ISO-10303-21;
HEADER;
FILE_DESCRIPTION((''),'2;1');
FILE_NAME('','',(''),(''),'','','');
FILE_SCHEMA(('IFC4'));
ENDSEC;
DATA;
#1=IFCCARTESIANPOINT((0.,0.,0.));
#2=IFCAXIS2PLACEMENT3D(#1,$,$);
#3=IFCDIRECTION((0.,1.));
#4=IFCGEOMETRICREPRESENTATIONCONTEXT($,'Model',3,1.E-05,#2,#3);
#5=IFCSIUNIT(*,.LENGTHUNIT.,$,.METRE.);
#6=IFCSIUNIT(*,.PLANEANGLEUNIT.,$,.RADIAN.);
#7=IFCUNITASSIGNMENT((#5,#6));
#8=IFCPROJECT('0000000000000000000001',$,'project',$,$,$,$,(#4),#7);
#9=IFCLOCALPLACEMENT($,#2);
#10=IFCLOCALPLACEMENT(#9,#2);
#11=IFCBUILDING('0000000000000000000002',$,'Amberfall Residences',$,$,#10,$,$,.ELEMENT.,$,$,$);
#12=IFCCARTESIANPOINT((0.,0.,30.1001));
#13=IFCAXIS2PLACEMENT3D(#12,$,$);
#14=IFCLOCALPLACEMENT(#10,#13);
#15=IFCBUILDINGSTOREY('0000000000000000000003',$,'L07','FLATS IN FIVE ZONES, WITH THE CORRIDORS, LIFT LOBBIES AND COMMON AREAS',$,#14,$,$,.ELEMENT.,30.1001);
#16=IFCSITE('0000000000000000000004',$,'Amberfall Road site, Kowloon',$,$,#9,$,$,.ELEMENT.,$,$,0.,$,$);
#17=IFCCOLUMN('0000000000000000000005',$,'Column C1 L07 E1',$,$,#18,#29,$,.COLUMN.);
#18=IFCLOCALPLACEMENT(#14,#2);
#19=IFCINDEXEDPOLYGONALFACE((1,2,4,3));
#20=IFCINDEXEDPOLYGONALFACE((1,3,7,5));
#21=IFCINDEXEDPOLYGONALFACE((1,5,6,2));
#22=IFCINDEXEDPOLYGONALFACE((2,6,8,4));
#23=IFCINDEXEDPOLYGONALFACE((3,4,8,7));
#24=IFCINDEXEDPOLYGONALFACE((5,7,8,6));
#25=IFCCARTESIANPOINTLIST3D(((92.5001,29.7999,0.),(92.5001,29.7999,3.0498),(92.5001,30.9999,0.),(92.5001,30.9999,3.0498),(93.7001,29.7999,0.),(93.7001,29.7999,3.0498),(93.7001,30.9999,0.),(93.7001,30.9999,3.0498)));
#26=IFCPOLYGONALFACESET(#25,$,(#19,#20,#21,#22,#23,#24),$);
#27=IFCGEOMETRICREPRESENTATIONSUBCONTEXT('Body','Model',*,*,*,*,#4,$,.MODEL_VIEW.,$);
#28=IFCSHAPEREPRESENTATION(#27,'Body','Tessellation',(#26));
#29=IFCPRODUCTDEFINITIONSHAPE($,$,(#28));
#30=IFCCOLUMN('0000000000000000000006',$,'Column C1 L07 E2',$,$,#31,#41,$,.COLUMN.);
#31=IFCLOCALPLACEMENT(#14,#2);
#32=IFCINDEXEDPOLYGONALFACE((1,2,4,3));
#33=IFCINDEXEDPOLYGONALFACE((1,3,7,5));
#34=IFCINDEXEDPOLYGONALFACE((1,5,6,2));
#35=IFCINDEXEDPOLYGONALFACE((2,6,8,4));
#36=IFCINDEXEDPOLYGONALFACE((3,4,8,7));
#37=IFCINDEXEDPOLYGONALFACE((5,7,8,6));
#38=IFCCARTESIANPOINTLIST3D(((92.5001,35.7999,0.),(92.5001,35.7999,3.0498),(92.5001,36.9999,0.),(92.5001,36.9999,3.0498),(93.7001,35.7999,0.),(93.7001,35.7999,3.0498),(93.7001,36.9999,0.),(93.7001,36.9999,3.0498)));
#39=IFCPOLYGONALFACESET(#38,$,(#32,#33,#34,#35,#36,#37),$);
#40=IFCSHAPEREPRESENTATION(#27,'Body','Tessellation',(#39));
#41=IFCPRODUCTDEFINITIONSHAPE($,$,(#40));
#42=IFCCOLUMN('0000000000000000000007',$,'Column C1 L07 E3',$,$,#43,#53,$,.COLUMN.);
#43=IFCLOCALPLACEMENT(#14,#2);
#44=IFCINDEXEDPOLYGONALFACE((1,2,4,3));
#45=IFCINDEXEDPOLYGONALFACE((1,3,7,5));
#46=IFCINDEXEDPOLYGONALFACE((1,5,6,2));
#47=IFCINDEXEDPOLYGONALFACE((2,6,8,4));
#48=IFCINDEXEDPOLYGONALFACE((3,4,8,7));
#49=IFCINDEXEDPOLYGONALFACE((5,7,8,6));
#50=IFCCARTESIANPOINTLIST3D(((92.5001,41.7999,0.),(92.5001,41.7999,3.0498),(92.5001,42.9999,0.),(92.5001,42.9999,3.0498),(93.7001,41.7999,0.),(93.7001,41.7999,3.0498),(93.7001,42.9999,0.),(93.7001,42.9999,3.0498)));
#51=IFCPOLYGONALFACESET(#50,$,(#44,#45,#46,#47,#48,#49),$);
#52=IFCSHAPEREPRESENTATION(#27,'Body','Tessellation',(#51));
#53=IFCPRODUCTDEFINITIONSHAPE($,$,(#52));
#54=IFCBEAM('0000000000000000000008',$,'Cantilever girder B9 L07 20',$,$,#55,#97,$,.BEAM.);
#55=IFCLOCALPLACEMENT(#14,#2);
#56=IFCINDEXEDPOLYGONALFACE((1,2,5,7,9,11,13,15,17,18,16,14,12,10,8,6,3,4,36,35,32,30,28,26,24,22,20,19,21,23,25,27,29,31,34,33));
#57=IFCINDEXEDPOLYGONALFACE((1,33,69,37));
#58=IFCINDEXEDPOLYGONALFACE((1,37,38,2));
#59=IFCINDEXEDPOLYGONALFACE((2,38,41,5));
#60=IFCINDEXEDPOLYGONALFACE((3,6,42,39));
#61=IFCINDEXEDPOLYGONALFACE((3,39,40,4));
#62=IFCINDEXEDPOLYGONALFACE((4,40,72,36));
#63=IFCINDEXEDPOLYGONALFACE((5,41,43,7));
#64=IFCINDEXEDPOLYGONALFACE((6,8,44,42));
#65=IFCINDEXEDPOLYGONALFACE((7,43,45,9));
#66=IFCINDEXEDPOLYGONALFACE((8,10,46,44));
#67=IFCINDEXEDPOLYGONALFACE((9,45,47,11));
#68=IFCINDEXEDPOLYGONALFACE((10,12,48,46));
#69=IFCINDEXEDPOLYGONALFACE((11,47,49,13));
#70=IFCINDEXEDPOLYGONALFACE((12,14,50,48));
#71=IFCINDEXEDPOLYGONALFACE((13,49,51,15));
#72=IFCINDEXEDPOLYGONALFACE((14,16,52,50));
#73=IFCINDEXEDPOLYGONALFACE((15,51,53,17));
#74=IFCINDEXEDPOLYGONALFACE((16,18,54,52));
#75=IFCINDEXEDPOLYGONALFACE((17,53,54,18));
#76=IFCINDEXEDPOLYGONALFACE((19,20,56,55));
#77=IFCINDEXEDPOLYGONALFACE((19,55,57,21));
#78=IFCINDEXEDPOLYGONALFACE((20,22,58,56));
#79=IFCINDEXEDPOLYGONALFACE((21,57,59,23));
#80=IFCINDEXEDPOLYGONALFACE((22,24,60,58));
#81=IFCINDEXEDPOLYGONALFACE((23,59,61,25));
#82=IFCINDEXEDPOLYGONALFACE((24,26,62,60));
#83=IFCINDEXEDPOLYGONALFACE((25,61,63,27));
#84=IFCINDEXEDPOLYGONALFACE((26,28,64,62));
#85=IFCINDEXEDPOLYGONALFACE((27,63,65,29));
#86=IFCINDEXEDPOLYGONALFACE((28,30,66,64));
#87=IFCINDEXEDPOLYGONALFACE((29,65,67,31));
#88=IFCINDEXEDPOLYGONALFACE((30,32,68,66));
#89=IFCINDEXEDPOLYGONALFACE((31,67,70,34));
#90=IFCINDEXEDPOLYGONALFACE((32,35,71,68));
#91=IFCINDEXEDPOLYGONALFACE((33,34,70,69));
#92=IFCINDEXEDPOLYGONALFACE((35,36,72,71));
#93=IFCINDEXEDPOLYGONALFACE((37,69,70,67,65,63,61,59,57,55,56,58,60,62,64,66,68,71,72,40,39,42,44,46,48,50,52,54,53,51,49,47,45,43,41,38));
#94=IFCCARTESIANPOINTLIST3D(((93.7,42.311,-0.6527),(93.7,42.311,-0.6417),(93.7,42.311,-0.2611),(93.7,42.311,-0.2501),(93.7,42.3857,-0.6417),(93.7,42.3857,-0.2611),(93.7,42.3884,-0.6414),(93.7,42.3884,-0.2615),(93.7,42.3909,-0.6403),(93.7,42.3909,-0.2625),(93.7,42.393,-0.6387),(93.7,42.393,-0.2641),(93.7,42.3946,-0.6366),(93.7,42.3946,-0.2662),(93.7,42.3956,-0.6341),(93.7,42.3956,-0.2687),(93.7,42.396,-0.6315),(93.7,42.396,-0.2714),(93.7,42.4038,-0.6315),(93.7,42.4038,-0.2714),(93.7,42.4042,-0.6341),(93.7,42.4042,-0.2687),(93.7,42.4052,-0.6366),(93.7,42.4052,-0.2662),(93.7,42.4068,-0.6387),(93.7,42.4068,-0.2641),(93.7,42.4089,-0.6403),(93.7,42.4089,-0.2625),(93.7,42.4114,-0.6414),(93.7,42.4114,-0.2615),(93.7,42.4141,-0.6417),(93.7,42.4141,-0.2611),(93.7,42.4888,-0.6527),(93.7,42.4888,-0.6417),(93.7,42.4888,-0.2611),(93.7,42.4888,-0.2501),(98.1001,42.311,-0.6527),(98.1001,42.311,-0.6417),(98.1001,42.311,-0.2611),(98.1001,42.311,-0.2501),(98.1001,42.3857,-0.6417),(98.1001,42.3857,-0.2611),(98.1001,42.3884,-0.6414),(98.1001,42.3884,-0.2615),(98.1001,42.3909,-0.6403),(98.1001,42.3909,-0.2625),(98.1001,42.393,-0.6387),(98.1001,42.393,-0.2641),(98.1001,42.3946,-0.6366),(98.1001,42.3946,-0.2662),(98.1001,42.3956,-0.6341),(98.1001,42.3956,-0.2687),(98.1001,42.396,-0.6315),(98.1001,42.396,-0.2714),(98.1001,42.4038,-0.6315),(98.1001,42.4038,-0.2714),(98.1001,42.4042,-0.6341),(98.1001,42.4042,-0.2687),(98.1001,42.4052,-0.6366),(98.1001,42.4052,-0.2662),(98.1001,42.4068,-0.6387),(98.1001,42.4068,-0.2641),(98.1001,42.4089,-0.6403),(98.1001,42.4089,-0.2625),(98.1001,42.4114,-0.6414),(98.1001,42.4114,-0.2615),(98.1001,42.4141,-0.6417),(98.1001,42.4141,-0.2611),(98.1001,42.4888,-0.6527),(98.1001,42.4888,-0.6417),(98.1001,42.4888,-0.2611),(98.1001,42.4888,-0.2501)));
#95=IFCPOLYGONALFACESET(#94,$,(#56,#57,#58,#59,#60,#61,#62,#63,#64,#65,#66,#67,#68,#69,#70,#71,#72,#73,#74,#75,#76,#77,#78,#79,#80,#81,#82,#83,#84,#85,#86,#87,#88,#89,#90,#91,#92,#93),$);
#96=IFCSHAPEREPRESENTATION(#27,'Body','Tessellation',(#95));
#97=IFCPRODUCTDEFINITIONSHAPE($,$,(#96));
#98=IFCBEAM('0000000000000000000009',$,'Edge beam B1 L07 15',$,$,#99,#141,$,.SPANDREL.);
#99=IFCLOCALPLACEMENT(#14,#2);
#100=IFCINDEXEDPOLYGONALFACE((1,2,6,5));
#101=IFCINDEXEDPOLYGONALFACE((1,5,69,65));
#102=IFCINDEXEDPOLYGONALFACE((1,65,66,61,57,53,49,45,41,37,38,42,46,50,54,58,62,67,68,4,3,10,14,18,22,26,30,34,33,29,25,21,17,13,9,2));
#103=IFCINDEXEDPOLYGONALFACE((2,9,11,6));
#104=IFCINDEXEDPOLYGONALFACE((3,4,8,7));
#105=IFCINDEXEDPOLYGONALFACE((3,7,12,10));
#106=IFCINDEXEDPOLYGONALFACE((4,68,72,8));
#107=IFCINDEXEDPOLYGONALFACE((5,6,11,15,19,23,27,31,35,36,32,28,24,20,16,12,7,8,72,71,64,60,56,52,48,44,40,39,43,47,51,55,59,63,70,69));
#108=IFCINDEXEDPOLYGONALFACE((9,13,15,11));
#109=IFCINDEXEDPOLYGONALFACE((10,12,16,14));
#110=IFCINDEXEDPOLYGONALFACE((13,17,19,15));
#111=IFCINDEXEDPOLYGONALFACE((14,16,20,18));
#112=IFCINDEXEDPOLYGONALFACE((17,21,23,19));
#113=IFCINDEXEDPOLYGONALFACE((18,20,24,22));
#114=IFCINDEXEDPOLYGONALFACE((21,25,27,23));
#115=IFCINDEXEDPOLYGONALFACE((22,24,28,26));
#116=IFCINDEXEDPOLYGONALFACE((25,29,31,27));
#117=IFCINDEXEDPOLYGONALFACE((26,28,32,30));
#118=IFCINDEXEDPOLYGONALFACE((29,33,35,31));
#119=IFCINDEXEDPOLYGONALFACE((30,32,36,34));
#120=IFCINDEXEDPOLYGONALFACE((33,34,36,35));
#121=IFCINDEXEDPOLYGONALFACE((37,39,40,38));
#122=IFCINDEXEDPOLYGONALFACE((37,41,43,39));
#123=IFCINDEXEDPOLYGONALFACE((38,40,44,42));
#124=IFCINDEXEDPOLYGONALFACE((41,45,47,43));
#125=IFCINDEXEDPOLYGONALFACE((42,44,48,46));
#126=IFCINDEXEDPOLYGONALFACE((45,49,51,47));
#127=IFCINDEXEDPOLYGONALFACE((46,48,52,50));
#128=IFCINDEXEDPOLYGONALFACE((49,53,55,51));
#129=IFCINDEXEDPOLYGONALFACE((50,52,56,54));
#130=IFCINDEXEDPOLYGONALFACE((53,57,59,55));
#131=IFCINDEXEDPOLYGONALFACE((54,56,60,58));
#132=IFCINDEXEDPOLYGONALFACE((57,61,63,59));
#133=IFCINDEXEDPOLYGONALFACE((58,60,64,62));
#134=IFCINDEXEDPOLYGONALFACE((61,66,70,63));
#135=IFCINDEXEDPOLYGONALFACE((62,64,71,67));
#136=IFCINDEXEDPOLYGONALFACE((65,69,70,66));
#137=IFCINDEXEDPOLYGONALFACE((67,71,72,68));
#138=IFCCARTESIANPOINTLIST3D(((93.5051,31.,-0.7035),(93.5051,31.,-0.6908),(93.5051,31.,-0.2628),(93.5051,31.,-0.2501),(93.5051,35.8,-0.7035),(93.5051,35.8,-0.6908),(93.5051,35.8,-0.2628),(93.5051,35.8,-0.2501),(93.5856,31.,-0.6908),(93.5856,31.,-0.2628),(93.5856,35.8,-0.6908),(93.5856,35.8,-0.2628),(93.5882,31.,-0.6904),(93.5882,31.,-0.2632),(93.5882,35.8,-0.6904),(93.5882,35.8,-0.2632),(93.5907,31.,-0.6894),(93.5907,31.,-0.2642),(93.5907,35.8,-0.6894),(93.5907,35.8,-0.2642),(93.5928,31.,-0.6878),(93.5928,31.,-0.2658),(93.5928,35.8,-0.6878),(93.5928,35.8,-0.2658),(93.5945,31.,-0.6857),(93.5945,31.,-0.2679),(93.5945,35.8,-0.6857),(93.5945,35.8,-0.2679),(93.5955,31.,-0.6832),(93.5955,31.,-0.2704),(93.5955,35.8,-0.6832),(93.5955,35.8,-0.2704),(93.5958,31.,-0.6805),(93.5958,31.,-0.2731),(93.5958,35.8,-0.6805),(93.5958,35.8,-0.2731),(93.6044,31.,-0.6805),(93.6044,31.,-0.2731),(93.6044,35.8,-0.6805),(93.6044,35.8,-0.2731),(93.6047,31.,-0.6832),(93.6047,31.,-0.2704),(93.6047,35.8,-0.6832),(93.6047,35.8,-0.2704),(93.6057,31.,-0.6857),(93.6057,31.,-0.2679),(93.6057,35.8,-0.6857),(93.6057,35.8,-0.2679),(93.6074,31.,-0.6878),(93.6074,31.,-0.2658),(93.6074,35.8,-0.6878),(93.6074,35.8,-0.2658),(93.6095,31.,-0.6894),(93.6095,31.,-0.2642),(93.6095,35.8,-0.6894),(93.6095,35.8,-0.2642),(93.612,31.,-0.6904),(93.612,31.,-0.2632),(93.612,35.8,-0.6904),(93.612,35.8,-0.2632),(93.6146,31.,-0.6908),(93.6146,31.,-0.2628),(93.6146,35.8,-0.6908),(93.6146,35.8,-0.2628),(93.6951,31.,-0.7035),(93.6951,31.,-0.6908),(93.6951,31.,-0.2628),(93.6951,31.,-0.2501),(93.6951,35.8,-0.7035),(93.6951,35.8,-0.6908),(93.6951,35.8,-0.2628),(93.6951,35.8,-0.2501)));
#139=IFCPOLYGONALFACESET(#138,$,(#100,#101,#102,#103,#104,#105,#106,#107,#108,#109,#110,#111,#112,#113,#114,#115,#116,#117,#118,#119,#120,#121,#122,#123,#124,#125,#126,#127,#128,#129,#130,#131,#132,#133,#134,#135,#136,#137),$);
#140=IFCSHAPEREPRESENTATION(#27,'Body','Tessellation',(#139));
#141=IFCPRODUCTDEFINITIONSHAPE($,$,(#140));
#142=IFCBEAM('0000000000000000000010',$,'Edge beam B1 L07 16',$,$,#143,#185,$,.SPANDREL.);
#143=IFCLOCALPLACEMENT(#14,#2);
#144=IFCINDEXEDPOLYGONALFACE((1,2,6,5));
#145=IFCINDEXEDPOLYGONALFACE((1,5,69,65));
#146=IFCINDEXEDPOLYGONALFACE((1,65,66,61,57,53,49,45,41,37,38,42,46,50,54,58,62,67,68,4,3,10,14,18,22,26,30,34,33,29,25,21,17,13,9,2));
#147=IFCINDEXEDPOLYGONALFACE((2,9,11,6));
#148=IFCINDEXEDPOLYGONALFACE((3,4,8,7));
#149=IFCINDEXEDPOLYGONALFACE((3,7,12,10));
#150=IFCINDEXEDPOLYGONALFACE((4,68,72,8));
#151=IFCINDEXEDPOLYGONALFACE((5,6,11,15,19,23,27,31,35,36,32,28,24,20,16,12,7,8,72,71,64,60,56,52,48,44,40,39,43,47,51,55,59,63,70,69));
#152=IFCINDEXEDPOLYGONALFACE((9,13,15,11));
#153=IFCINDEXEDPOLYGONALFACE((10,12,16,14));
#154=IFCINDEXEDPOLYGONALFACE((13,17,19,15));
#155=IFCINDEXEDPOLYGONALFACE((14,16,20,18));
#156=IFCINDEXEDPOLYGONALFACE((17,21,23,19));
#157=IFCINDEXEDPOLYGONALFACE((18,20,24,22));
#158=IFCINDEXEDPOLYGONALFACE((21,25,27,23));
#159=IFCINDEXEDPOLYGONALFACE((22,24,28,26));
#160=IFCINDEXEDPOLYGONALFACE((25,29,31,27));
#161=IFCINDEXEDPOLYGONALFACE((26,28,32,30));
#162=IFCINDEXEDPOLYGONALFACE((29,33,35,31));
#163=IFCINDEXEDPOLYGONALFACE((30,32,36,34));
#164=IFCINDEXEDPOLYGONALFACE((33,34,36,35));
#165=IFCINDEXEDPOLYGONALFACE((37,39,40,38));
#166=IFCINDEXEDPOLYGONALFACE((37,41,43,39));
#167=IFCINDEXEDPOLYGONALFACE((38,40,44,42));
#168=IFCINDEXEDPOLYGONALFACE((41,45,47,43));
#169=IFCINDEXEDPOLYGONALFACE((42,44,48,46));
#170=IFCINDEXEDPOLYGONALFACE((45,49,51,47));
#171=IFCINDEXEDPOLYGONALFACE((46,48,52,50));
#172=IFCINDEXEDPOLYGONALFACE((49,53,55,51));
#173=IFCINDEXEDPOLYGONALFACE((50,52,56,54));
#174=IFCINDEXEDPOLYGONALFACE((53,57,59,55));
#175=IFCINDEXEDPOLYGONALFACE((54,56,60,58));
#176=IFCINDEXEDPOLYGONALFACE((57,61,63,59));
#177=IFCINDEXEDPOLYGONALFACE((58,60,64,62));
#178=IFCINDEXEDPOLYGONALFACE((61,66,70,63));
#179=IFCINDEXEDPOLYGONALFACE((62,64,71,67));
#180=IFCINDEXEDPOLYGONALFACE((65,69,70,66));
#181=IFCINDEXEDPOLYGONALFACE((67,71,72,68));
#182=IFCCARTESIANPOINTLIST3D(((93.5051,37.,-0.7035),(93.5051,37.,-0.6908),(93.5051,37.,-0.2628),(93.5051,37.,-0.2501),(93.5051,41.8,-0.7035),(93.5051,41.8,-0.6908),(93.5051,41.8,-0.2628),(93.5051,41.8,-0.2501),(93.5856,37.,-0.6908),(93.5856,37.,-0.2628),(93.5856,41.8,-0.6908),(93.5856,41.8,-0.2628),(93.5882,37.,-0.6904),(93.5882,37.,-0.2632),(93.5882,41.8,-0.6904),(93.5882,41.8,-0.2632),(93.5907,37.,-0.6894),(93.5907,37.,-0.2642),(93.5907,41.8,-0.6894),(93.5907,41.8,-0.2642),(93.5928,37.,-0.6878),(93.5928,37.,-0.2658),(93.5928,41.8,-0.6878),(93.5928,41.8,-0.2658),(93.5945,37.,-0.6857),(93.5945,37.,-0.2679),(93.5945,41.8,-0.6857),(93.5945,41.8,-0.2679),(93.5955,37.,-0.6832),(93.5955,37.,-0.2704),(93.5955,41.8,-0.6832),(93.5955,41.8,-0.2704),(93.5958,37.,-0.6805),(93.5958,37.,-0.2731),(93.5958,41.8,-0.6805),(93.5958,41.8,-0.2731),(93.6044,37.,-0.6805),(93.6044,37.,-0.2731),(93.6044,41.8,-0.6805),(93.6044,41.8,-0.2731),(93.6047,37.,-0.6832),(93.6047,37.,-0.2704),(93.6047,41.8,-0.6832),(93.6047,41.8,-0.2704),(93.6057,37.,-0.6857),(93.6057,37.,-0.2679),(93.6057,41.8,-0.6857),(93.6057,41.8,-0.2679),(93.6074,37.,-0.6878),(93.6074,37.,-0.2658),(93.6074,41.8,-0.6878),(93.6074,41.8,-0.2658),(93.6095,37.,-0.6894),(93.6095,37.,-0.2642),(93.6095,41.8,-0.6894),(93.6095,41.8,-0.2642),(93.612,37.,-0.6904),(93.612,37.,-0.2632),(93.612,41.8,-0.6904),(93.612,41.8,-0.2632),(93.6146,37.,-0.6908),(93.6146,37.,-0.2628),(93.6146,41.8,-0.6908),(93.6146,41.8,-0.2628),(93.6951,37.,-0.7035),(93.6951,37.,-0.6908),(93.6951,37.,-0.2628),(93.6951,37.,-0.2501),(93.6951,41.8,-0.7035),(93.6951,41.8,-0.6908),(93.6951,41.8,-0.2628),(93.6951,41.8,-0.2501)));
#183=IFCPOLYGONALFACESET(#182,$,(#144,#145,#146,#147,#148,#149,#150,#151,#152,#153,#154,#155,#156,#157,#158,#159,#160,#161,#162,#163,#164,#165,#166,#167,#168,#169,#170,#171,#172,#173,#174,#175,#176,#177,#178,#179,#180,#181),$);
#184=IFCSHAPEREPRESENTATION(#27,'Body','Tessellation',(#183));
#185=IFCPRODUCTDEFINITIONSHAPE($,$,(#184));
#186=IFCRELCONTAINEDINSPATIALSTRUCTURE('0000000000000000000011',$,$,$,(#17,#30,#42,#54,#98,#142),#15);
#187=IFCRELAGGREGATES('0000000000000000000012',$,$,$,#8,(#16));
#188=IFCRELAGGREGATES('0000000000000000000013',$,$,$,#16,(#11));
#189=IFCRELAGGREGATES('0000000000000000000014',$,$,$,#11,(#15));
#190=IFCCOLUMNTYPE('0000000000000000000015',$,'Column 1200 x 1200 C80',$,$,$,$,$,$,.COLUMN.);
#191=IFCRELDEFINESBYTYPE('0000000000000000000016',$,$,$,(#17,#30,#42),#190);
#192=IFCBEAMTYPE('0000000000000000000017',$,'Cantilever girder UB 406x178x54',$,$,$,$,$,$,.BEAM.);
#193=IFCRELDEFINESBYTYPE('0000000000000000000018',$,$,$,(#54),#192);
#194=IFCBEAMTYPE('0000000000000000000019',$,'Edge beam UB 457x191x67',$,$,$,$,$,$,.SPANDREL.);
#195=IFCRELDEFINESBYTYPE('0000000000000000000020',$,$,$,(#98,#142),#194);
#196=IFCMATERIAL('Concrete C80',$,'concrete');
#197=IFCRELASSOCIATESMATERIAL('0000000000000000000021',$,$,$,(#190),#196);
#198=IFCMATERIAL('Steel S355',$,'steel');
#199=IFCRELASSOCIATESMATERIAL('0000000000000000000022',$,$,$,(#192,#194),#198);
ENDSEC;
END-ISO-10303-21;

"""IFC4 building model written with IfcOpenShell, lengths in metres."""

from ifc_helpers import new_model, si_unit, direction, frame, origin, origin_2d, place, context, subcontext, project, spatial, rectangle, i_section, extrude, material, material_profile, profile_set, type_object, element, save


model = new_model("IFC4")

# Units and contexts
model_context = context("Model", 3, precision=1e-05, world=origin(), true_north=direction((0.0, 1.0)))
body_context = subcontext(model_context, "Body", "Model", "MODEL_VIEW")
ifc_project = project(units=[si_unit("LENGTHUNIT", "METRE"), si_unit("PLANEANGLEUNIT", "RADIAN")], contexts=[model_context])

# Site, building, storey
site_placement = place(None, origin())
site = spatial("IfcSite", under=ifc_project, at=site_placement, Name="Amberfall Road site, Kowloon", CompositionType="ELEMENT", RefElevation=0.0)
building_placement = place(site_placement, origin())
building = spatial("IfcBuilding", under=site, at=building_placement, Name="Amberfall Residences", CompositionType="ELEMENT")
storey_placement = place(building_placement, frame((0.0, 0.0, 30.1001)))
storey = spatial("IfcBuildingStorey", under=building, at=storey_placement, Name="L07", Description="FLATS IN FIVE ZONES, WITH THE CORRIDORS, LIFT LOBBIES AND COMMON AREAS", CompositionType="ELEMENT", Elevation=30.1001)

# Columns
ifc_material_1 = material(Name="Concrete C80", Category="concrete")
ifc_material_profile_1 = material_profile(ifc_material_1, rectangle(XDim=1.2, YDim=1.2, at=origin_2d()), Name="Column 1200 x 1200 C80")
ifc_profile_set_1 = profile_set([ifc_material_profile_1], Name="Concrete C80")
column_type = type_object("IfcColumnType", Name="Column 1200 x 1200 C80", PredefinedType="COLUMN", material=ifc_profile_set_1)
for number, where, z_axis, x_axis, name in (
    (1, (93.1001, 30.3999, 0.0), (0.0, 0.0, 1.0), (1.0, 0.0, 0.0), "Column C1 L07 E1"),
    (2, (93.1001, 36.3999, 0.0), (0.0, 0.0, 1.0), (1.0, 0.0, 0.0), "Column C1 L07 E2"),
    (3, (93.1001, 42.3999, 0.0), (0.0, 0.0, 1.0), (1.0, 0.0, 0.0), "Column C1 L07 E3"),
):
    element("IfcColumn", number, at=place(storey_placement, frame(where, z_axis=z_axis, x_axis=x_axis)), inside=storey, type_object=column_type, Name=name, PredefinedType="COLUMN", context=body_context, shape_type="SweptSolid", body=[
        extrude(rectangle(XDim=1.2, YDim=1.2, at=origin_2d()), origin(), (0.0, 0.0, 1.0), 3.0498),
    ])

# Beams
ifc_material_2 = material(Name="Steel S355", Category="steel")
ifc_material_profile_2 = material_profile(ifc_material_2, i_section(OverallWidth=0.1777, OverallDepth=0.4026, WebThickness=0.0078, FlangeThickness=0.011, FilletRadius=0.0103, at=origin_2d()), Name="UB 406x178x54")
ifc_profile_set_2 = profile_set([ifc_material_profile_2], Name="Steel S355")
beam_type_1 = type_object("IfcBeamType", Name="Cantilever girder UB 406x178x54", PredefinedType="BEAM", material=ifc_profile_set_2)
beam_1_placement = place(storey_placement, frame((93.7, 42.3999, -0.4514), z_axis=(1.0, 0.0, 0.0), x_axis=(0.0, 1.0, 0.0)))
element("IfcBeam", 4, at=beam_1_placement, inside=storey, type_object=beam_type_1, Name="Cantilever girder B9 L07 20", PredefinedType="BEAM", context=body_context, shape_type="SweptSolid", body=[
    extrude(i_section(OverallWidth=0.1777, OverallDepth=0.4026, WebThickness=0.0078, FlangeThickness=0.011, FilletRadius=0.0103, at=origin_2d()), origin(), (0.0, 0.0, 1.0), 4.4001),
])
ifc_material_profile_3 = material_profile(ifc_material_2, i_section(OverallWidth=0.1899, OverallDepth=0.4534, WebThickness=0.0085, FlangeThickness=0.0127, FilletRadius=0.0103, at=origin_2d()), Name="UB 457x191x67")
ifc_profile_set_3 = profile_set([ifc_material_profile_3], Name="Steel S355")
beam_type_2 = type_object("IfcBeamType", Name="Edge beam UB 457x191x67", PredefinedType="SPANDREL", material=ifc_profile_set_3)
for number, where, z_axis, x_axis, name in (
    (5, (93.6001, 31.0, -0.4768), (0.0, 1.0, 0.0), (-1.0, 0.0, 0.0), "Edge beam B1 L07 15"),
    (6, (93.6001, 37.0, -0.4768), (0.0, 1.0, 0.0), (-1.0, 0.0, 0.0), "Edge beam B1 L07 16"),
):
    element("IfcBeam", number, at=place(storey_placement, frame(where, z_axis=z_axis, x_axis=x_axis)), inside=storey, type_object=beam_type_2, Name=name, PredefinedType="SPANDREL", context=body_context, shape_type="SweptSolid", body=[
        extrude(i_section(OverallWidth=0.1899, OverallDepth=0.4534, WebThickness=0.0085, FlangeThickness=0.0127, FilletRadius=0.0103, at=origin_2d()), origin(), (0.0, 0.0, 1.0), 4.8),
    ])

save(model, "model.ifc")
